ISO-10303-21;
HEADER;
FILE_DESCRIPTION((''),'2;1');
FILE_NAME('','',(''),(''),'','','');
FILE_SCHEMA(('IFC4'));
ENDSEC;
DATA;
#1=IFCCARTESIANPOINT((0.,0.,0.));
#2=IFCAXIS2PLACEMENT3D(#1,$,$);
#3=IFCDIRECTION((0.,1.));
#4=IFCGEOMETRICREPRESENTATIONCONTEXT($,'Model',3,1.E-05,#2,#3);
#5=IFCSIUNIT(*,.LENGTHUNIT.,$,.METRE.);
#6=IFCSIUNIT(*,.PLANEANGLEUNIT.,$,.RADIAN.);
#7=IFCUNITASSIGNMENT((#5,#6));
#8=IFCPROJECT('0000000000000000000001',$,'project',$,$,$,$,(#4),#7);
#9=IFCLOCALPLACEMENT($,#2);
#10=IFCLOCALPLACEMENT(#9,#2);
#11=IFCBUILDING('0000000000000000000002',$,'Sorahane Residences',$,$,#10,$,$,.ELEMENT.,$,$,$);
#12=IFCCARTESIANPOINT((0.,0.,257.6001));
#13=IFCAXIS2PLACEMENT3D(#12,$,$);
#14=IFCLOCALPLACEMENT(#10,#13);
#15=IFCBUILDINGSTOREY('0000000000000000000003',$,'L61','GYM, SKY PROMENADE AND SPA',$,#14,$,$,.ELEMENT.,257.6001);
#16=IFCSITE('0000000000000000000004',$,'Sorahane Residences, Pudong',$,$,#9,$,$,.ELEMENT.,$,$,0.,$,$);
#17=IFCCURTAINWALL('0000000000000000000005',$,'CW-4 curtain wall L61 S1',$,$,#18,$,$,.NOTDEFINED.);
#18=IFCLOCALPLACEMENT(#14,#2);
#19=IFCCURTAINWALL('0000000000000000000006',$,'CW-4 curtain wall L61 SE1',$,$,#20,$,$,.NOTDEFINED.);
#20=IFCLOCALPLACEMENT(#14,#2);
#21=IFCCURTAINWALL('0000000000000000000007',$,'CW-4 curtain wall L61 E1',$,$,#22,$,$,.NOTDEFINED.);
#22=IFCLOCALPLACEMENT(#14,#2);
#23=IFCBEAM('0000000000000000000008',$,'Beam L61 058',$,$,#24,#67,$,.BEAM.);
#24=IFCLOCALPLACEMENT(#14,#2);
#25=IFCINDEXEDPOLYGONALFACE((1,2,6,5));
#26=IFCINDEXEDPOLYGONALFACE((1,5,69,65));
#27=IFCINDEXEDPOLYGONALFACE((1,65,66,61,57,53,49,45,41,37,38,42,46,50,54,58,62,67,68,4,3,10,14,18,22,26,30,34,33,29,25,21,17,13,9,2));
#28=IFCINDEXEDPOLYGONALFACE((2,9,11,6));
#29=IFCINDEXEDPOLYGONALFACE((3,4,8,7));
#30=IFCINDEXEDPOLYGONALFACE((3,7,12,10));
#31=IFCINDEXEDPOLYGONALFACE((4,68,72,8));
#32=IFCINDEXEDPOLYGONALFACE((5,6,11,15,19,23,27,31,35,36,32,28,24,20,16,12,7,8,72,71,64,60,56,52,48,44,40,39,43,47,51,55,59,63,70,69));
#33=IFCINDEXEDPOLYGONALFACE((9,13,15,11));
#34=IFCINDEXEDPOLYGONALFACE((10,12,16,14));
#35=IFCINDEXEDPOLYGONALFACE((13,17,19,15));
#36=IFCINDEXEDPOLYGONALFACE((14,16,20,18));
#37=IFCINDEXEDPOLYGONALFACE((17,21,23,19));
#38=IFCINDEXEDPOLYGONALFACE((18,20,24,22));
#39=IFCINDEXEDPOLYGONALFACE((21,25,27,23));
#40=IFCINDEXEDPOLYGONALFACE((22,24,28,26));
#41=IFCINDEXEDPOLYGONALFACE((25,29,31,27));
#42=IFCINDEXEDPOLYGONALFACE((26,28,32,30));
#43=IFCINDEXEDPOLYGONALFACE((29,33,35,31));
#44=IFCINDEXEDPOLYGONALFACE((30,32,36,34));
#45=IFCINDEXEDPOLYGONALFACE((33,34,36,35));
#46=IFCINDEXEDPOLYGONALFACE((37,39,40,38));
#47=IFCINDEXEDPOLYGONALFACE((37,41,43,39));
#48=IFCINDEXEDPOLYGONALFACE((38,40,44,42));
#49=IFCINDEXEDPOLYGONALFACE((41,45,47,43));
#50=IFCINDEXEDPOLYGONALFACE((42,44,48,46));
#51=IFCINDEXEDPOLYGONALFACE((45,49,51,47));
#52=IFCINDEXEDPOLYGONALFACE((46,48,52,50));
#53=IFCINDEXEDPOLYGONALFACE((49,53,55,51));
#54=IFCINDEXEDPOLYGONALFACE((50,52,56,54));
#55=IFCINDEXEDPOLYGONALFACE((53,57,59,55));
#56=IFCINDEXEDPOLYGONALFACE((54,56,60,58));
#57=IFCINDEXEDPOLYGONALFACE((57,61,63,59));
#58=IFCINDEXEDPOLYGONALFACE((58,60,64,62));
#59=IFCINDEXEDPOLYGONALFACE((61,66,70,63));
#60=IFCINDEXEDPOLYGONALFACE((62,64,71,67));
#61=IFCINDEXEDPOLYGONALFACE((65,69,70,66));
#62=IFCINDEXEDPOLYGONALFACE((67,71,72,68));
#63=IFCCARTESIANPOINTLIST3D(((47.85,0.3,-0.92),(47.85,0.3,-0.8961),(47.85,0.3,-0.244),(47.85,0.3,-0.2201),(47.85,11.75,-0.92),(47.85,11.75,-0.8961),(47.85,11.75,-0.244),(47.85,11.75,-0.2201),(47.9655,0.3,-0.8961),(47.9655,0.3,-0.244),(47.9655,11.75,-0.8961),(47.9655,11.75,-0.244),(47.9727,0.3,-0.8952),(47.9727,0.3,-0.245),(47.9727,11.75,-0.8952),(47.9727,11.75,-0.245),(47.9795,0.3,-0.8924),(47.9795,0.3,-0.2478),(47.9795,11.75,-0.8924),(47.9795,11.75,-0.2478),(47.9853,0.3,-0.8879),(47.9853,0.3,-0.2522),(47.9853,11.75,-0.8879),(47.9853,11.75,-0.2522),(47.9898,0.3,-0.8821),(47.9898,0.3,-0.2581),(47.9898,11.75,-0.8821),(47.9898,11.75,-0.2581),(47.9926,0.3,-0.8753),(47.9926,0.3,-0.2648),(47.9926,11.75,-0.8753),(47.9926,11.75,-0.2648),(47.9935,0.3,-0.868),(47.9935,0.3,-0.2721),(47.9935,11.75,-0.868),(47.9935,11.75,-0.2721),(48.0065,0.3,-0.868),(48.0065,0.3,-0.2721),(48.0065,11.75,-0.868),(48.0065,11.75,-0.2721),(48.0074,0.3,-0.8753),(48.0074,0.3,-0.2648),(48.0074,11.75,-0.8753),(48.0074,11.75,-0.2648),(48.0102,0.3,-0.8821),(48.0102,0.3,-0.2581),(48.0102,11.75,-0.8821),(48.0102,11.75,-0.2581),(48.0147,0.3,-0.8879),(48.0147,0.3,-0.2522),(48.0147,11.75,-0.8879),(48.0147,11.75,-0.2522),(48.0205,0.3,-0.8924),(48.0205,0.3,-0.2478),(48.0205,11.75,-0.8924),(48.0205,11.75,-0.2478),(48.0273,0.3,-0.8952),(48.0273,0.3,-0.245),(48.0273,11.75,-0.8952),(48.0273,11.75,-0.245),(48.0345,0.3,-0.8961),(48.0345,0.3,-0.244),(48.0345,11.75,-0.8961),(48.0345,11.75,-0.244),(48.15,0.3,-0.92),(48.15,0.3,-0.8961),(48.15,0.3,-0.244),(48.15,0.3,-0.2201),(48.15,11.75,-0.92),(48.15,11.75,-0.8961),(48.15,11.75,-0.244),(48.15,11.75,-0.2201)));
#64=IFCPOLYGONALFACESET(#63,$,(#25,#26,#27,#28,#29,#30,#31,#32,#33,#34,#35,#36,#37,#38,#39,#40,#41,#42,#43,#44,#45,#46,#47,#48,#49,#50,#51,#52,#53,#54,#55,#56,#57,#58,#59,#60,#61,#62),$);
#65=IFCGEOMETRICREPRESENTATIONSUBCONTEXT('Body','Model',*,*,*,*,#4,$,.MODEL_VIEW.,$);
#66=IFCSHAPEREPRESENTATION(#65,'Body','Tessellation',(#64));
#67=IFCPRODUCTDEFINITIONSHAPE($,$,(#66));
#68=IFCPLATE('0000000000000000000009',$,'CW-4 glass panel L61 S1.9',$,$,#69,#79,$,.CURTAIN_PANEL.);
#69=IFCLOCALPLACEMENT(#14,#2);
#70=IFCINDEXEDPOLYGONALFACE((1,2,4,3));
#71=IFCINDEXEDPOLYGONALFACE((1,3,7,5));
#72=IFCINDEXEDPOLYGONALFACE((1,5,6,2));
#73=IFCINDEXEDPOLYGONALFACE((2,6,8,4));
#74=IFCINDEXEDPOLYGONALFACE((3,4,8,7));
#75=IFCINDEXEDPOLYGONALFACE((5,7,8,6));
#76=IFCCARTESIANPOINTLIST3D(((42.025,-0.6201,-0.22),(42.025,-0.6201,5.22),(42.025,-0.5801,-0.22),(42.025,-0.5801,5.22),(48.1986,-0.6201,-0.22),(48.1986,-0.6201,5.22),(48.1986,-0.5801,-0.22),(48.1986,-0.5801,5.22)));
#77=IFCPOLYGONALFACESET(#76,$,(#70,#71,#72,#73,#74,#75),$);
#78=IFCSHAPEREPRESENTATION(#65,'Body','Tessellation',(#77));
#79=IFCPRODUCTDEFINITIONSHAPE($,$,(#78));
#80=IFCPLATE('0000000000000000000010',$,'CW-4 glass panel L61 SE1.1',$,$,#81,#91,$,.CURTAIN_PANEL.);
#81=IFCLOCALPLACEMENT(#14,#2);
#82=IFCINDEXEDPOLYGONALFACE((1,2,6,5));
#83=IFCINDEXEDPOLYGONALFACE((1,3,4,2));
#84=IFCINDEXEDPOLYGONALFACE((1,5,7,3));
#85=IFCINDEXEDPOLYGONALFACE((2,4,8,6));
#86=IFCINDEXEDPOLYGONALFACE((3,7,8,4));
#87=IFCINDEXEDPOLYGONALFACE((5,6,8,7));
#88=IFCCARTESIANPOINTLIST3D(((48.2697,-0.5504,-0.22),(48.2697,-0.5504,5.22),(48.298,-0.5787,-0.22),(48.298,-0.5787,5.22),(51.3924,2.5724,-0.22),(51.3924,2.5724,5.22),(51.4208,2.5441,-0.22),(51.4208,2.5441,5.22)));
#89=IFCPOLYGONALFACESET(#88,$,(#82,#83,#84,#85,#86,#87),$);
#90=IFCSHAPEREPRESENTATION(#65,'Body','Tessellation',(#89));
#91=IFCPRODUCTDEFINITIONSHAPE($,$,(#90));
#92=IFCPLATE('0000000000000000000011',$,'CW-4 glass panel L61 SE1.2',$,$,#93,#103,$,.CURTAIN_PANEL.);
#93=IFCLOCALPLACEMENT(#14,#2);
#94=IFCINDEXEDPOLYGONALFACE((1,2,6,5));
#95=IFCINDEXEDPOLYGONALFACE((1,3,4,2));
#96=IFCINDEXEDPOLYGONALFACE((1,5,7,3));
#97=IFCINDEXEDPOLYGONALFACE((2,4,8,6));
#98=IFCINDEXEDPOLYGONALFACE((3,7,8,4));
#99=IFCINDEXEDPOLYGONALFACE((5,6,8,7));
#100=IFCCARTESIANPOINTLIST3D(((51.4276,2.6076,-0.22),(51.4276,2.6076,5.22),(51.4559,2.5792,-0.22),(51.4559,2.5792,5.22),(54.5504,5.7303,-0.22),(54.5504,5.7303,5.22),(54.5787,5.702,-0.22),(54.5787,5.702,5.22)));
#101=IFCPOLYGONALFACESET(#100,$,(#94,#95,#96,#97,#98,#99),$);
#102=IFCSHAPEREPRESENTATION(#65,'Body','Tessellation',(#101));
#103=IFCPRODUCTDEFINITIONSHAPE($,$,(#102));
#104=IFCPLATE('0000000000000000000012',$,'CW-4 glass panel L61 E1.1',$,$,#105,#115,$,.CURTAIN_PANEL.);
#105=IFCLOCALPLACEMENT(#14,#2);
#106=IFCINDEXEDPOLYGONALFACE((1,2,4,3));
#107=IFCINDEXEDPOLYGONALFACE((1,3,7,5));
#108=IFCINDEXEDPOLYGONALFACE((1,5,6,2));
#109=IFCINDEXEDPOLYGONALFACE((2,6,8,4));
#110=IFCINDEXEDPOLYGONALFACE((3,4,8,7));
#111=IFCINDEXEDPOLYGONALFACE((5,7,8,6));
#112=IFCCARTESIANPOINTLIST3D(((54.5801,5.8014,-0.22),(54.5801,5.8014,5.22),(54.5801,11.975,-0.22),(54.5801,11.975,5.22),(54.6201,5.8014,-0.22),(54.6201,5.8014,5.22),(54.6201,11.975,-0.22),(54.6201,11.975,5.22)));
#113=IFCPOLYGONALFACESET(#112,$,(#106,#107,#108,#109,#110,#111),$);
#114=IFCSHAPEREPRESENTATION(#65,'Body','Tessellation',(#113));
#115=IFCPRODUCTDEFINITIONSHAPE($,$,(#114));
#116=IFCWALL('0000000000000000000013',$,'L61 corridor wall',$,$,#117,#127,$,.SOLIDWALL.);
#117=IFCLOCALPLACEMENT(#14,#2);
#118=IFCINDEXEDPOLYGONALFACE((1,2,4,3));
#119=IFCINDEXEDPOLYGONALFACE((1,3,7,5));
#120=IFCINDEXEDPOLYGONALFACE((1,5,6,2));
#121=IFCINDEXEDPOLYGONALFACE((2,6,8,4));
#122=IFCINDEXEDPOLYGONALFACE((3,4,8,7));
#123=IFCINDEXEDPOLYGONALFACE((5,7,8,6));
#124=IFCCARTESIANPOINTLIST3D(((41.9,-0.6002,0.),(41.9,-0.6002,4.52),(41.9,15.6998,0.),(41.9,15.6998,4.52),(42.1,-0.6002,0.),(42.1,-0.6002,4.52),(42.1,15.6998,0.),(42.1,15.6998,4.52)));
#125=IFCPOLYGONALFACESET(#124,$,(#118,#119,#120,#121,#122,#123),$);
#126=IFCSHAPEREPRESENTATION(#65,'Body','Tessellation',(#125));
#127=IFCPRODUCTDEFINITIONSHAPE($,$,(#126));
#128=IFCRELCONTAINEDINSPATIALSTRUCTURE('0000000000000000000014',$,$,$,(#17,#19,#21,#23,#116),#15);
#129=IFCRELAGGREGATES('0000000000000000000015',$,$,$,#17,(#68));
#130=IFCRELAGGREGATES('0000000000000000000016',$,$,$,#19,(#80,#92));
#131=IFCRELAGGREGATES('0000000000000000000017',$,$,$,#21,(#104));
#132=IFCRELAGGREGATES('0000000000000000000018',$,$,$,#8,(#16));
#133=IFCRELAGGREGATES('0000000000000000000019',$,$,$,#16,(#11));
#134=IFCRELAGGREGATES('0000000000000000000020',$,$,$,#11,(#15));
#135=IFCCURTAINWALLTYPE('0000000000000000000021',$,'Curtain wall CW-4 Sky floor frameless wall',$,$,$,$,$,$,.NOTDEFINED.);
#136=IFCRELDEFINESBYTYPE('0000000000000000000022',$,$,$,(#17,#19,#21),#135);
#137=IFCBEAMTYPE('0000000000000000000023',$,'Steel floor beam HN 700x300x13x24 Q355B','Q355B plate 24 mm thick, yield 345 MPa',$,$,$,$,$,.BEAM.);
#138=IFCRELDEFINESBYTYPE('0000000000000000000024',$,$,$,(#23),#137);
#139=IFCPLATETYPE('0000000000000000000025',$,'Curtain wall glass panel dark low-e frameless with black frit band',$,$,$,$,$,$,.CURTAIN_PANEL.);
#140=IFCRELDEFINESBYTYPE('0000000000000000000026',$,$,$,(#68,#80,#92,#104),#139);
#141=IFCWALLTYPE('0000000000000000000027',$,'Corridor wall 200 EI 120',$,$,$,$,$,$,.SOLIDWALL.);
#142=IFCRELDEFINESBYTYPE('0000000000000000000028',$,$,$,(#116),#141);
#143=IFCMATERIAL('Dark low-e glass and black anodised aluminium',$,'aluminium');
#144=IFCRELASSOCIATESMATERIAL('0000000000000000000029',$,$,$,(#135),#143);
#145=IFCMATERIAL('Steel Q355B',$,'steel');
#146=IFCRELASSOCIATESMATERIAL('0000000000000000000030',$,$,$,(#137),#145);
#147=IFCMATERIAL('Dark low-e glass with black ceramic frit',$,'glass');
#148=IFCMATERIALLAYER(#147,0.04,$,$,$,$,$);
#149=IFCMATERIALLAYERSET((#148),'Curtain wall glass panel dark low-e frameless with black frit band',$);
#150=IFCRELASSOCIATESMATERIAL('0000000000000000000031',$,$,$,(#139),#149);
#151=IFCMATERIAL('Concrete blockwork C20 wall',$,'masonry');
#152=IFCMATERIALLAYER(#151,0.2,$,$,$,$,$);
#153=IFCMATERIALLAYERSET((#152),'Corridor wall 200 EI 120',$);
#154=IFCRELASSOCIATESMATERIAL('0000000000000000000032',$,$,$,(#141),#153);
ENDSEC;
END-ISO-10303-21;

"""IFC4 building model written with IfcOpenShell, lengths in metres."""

from ifc_helpers import new_model, si_unit, direction, frame, frame_2d, origin, origin_2d, place, context, subcontext, project, spatial, rectangle, i_section, extrude, material, layer, layer_set, material_profile, profile_set, type_object, element, aggregate, save


model = new_model("IFC4")

# Units and contexts
model_context = context("Model", 3, precision=1e-05, world=origin(), true_north=direction((0.0, 1.0)))
body_context = subcontext(model_context, "Body", "Model", "MODEL_VIEW")
ifc_project = project(units=[si_unit("LENGTHUNIT", "METRE"), si_unit("PLANEANGLEUNIT", "RADIAN")], contexts=[model_context])

# Site, building, storey
site_placement = place(None, origin())
site = spatial("IfcSite", under=ifc_project, at=site_placement, Name="Sorahane Residences, Pudong", CompositionType="ELEMENT", RefElevation=0.0)
building_placement = place(site_placement, origin())
building = spatial("IfcBuilding", under=site, at=building_placement, Name="Sorahane Residences", CompositionType="ELEMENT")
storey_placement = place(building_placement, frame((0.0, 0.0, 257.6001)))
storey = spatial("IfcBuildingStorey", under=building, at=storey_placement, Name="L61", Description="GYM, SKY PROMENADE AND SPA", CompositionType="ELEMENT", Elevation=257.6001)

# Curtain walls
ifc_material_1 = material(Name="Dark low-e glass and black anodised aluminium", Category="aluminium")
curtain_wall_type = type_object("IfcCurtainWallType", Name="Curtain wall CW-4 Sky floor frameless wall", PredefinedType="NOTDEFINED", material=ifc_material_1)
curtain_wall_1_placement = place(storey_placement, origin())
curtain_wall_1 = element("IfcCurtainWall", 1, at=curtain_wall_1_placement, inside=storey, type_object=curtain_wall_type, Name="CW-4 curtain wall L61 S1", PredefinedType="NOTDEFINED")
curtain_wall_2_placement = place(storey_placement, origin())
curtain_wall_2 = element("IfcCurtainWall", 2, at=curtain_wall_2_placement, inside=storey, type_object=curtain_wall_type, Name="CW-4 curtain wall L61 SE1", PredefinedType="NOTDEFINED")

# Curtain wall
curtain_wall_3_placement = place(storey_placement, origin())
curtain_wall_3 = element("IfcCurtainWall", 3, at=curtain_wall_3_placement, inside=storey, type_object=curtain_wall_type, Name="CW-4 curtain wall L61 E1", PredefinedType="NOTDEFINED")

# Beam
ifc_material_2 = material(Name="Steel Q355B", Category="steel")
ifc_material_profile_1 = material_profile(ifc_material_2, i_section(OverallWidth=0.3, OverallDepth=0.7, WebThickness=0.0129, FlangeThickness=0.0239, FilletRadius=0.0281, at=origin_2d()), Name="HN 700x300x13x24")
ifc_profile_set_1 = profile_set([ifc_material_profile_1], Name="Steel Q355B")
beam_type_1 = type_object("IfcBeamType", Name="Steel floor beam HN 700x300x13x24 Q355B", Description="Q355B plate 24 mm thick, yield 345 MPa", PredefinedType="BEAM", material=ifc_profile_set_1)
beam_1_placement = place(storey_placement, frame((48.0, 0.3, -0.5701), z_axis=(0.0, 1.0, 0.0), x_axis=(-1.0, 0.0, 0.0)))
element("IfcBeam", 4, at=beam_1_placement, inside=storey, type_object=beam_type_1, Name="Beam L61 058", PredefinedType="BEAM", context=body_context, shape_type="SweptSolid", body=[
    extrude(i_section(OverallWidth=0.3, OverallDepth=0.7, WebThickness=0.0129, FlangeThickness=0.0239, FilletRadius=0.0281, at=origin_2d()), origin(), (0.0, 0.0, 1.0), 11.45),
])

# Plates
ifc_material_3 = material(Name="Dark low-e glass with black ceramic frit", Category="glass")
ifc_layer_1 = layer(ifc_material_3, 0.04)
ifc_layer_set_1 = layer_set([ifc_layer_1], Name="Curtain wall glass panel dark low-e frameless with black frit band")
plate_type = type_object("IfcPlateType", Name="Curtain wall glass panel dark low-e frameless with black frit band", PredefinedType="CURTAIN_PANEL", material=ifc_layer_set_1)
plate_1_placement = place(storey_placement, frame((45.1118, -0.6001, -0.22), z_axis=(0.0, 0.0, 1.0), x_axis=(1.0, 0.0, 0.0)))
plate_1 = element("IfcPlate", 5, at=plate_1_placement, type_object=plate_type, Name="CW-4 glass panel L61 S1.9", PredefinedType="CURTAIN_PANEL", context=body_context, shape_type="SweptSolid", body=[
    extrude(rectangle(XDim=6.1736, YDim=0.04, at=origin_2d()), origin(), (0.0, 0.0, 1.0), 5.4399),
])
aggregate(curtain_wall_1, [plate_1])
plate_2_placement = place(storey_placement, frame((49.8452, 0.9968, -0.22), z_axis=(0.0, 0.0, 1.0), x_axis=(0.707107, 0.707107, 0.0)))
plate_2 = element("IfcPlate", 6, at=plate_2_placement, type_object=plate_type, Name="CW-4 glass panel L61 SE1.1", PredefinedType="CURTAIN_PANEL", context=body_context, shape_type="SweptSolid", body=[
    extrude(rectangle(XDim=4.4163, YDim=0.04, at=origin_2d()), origin(), (0.0, 0.0, 1.0), 5.4399),
])
plate_3_placement = place(storey_placement, frame((53.0032, 4.1548, -0.22), z_axis=(0.0, 0.0, 1.0), x_axis=(0.707107, 0.707107, 0.0)))
plate_3 = element("IfcPlate", 7, at=plate_3_placement, type_object=plate_type, Name="CW-4 glass panel L61 SE1.2", PredefinedType="CURTAIN_PANEL", context=body_context, shape_type="SweptSolid", body=[
    extrude(rectangle(XDim=4.4163, YDim=0.04, at=origin_2d()), origin(), (0.0, 0.0, 1.0), 5.4399),
])
aggregate(curtain_wall_2, [plate_2, plate_3])
plate_4_placement = place(storey_placement, frame((54.6001, 8.8882, -0.22), z_axis=(0.0, 0.0, 1.0), x_axis=(0.0, 1.0, 0.0)))
plate_4 = element("IfcPlate", 8, at=plate_4_placement, type_object=plate_type, Name="CW-4 glass panel L61 E1.1", PredefinedType="CURTAIN_PANEL", context=body_context, shape_type="SweptSolid", body=[
    extrude(rectangle(XDim=6.1736, YDim=0.04, at=origin_2d()), origin(), (0.0, 0.0, 1.0), 5.4399),
])
aggregate(curtain_wall_3, [plate_4])

# Wall
ifc_material_4 = material(Name="Concrete blockwork C20 wall", Category="masonry")
ifc_layer_2 = layer(ifc_material_4, 0.2)
ifc_layer_set_2 = layer_set([ifc_layer_2], Name="Corridor wall 200 EI 120")
wall_type = type_object("IfcWallType", Name="Corridor wall 200 EI 120", PredefinedType="SOLIDWALL", material=ifc_layer_set_2)
wall_placement = place(storey_placement, frame((42.0, -0.6001, 0.0), z_axis=(0.0, 0.0, 1.0), x_axis=(0.0, 1.0, 0.0)))
element("IfcWall", 9, at=wall_placement, inside=storey, type_object=wall_type, Name="L61 corridor wall", PredefinedType="SOLIDWALL", context=body_context, shape_type="SweptSolid", body=[
    extrude(rectangle(XDim=16.3, YDim=0.2, at=frame_2d((8.1499, 0.0))), origin(), (0.0, 0.0, 1.0), 4.52),
])

save(model, "model.ifc")
